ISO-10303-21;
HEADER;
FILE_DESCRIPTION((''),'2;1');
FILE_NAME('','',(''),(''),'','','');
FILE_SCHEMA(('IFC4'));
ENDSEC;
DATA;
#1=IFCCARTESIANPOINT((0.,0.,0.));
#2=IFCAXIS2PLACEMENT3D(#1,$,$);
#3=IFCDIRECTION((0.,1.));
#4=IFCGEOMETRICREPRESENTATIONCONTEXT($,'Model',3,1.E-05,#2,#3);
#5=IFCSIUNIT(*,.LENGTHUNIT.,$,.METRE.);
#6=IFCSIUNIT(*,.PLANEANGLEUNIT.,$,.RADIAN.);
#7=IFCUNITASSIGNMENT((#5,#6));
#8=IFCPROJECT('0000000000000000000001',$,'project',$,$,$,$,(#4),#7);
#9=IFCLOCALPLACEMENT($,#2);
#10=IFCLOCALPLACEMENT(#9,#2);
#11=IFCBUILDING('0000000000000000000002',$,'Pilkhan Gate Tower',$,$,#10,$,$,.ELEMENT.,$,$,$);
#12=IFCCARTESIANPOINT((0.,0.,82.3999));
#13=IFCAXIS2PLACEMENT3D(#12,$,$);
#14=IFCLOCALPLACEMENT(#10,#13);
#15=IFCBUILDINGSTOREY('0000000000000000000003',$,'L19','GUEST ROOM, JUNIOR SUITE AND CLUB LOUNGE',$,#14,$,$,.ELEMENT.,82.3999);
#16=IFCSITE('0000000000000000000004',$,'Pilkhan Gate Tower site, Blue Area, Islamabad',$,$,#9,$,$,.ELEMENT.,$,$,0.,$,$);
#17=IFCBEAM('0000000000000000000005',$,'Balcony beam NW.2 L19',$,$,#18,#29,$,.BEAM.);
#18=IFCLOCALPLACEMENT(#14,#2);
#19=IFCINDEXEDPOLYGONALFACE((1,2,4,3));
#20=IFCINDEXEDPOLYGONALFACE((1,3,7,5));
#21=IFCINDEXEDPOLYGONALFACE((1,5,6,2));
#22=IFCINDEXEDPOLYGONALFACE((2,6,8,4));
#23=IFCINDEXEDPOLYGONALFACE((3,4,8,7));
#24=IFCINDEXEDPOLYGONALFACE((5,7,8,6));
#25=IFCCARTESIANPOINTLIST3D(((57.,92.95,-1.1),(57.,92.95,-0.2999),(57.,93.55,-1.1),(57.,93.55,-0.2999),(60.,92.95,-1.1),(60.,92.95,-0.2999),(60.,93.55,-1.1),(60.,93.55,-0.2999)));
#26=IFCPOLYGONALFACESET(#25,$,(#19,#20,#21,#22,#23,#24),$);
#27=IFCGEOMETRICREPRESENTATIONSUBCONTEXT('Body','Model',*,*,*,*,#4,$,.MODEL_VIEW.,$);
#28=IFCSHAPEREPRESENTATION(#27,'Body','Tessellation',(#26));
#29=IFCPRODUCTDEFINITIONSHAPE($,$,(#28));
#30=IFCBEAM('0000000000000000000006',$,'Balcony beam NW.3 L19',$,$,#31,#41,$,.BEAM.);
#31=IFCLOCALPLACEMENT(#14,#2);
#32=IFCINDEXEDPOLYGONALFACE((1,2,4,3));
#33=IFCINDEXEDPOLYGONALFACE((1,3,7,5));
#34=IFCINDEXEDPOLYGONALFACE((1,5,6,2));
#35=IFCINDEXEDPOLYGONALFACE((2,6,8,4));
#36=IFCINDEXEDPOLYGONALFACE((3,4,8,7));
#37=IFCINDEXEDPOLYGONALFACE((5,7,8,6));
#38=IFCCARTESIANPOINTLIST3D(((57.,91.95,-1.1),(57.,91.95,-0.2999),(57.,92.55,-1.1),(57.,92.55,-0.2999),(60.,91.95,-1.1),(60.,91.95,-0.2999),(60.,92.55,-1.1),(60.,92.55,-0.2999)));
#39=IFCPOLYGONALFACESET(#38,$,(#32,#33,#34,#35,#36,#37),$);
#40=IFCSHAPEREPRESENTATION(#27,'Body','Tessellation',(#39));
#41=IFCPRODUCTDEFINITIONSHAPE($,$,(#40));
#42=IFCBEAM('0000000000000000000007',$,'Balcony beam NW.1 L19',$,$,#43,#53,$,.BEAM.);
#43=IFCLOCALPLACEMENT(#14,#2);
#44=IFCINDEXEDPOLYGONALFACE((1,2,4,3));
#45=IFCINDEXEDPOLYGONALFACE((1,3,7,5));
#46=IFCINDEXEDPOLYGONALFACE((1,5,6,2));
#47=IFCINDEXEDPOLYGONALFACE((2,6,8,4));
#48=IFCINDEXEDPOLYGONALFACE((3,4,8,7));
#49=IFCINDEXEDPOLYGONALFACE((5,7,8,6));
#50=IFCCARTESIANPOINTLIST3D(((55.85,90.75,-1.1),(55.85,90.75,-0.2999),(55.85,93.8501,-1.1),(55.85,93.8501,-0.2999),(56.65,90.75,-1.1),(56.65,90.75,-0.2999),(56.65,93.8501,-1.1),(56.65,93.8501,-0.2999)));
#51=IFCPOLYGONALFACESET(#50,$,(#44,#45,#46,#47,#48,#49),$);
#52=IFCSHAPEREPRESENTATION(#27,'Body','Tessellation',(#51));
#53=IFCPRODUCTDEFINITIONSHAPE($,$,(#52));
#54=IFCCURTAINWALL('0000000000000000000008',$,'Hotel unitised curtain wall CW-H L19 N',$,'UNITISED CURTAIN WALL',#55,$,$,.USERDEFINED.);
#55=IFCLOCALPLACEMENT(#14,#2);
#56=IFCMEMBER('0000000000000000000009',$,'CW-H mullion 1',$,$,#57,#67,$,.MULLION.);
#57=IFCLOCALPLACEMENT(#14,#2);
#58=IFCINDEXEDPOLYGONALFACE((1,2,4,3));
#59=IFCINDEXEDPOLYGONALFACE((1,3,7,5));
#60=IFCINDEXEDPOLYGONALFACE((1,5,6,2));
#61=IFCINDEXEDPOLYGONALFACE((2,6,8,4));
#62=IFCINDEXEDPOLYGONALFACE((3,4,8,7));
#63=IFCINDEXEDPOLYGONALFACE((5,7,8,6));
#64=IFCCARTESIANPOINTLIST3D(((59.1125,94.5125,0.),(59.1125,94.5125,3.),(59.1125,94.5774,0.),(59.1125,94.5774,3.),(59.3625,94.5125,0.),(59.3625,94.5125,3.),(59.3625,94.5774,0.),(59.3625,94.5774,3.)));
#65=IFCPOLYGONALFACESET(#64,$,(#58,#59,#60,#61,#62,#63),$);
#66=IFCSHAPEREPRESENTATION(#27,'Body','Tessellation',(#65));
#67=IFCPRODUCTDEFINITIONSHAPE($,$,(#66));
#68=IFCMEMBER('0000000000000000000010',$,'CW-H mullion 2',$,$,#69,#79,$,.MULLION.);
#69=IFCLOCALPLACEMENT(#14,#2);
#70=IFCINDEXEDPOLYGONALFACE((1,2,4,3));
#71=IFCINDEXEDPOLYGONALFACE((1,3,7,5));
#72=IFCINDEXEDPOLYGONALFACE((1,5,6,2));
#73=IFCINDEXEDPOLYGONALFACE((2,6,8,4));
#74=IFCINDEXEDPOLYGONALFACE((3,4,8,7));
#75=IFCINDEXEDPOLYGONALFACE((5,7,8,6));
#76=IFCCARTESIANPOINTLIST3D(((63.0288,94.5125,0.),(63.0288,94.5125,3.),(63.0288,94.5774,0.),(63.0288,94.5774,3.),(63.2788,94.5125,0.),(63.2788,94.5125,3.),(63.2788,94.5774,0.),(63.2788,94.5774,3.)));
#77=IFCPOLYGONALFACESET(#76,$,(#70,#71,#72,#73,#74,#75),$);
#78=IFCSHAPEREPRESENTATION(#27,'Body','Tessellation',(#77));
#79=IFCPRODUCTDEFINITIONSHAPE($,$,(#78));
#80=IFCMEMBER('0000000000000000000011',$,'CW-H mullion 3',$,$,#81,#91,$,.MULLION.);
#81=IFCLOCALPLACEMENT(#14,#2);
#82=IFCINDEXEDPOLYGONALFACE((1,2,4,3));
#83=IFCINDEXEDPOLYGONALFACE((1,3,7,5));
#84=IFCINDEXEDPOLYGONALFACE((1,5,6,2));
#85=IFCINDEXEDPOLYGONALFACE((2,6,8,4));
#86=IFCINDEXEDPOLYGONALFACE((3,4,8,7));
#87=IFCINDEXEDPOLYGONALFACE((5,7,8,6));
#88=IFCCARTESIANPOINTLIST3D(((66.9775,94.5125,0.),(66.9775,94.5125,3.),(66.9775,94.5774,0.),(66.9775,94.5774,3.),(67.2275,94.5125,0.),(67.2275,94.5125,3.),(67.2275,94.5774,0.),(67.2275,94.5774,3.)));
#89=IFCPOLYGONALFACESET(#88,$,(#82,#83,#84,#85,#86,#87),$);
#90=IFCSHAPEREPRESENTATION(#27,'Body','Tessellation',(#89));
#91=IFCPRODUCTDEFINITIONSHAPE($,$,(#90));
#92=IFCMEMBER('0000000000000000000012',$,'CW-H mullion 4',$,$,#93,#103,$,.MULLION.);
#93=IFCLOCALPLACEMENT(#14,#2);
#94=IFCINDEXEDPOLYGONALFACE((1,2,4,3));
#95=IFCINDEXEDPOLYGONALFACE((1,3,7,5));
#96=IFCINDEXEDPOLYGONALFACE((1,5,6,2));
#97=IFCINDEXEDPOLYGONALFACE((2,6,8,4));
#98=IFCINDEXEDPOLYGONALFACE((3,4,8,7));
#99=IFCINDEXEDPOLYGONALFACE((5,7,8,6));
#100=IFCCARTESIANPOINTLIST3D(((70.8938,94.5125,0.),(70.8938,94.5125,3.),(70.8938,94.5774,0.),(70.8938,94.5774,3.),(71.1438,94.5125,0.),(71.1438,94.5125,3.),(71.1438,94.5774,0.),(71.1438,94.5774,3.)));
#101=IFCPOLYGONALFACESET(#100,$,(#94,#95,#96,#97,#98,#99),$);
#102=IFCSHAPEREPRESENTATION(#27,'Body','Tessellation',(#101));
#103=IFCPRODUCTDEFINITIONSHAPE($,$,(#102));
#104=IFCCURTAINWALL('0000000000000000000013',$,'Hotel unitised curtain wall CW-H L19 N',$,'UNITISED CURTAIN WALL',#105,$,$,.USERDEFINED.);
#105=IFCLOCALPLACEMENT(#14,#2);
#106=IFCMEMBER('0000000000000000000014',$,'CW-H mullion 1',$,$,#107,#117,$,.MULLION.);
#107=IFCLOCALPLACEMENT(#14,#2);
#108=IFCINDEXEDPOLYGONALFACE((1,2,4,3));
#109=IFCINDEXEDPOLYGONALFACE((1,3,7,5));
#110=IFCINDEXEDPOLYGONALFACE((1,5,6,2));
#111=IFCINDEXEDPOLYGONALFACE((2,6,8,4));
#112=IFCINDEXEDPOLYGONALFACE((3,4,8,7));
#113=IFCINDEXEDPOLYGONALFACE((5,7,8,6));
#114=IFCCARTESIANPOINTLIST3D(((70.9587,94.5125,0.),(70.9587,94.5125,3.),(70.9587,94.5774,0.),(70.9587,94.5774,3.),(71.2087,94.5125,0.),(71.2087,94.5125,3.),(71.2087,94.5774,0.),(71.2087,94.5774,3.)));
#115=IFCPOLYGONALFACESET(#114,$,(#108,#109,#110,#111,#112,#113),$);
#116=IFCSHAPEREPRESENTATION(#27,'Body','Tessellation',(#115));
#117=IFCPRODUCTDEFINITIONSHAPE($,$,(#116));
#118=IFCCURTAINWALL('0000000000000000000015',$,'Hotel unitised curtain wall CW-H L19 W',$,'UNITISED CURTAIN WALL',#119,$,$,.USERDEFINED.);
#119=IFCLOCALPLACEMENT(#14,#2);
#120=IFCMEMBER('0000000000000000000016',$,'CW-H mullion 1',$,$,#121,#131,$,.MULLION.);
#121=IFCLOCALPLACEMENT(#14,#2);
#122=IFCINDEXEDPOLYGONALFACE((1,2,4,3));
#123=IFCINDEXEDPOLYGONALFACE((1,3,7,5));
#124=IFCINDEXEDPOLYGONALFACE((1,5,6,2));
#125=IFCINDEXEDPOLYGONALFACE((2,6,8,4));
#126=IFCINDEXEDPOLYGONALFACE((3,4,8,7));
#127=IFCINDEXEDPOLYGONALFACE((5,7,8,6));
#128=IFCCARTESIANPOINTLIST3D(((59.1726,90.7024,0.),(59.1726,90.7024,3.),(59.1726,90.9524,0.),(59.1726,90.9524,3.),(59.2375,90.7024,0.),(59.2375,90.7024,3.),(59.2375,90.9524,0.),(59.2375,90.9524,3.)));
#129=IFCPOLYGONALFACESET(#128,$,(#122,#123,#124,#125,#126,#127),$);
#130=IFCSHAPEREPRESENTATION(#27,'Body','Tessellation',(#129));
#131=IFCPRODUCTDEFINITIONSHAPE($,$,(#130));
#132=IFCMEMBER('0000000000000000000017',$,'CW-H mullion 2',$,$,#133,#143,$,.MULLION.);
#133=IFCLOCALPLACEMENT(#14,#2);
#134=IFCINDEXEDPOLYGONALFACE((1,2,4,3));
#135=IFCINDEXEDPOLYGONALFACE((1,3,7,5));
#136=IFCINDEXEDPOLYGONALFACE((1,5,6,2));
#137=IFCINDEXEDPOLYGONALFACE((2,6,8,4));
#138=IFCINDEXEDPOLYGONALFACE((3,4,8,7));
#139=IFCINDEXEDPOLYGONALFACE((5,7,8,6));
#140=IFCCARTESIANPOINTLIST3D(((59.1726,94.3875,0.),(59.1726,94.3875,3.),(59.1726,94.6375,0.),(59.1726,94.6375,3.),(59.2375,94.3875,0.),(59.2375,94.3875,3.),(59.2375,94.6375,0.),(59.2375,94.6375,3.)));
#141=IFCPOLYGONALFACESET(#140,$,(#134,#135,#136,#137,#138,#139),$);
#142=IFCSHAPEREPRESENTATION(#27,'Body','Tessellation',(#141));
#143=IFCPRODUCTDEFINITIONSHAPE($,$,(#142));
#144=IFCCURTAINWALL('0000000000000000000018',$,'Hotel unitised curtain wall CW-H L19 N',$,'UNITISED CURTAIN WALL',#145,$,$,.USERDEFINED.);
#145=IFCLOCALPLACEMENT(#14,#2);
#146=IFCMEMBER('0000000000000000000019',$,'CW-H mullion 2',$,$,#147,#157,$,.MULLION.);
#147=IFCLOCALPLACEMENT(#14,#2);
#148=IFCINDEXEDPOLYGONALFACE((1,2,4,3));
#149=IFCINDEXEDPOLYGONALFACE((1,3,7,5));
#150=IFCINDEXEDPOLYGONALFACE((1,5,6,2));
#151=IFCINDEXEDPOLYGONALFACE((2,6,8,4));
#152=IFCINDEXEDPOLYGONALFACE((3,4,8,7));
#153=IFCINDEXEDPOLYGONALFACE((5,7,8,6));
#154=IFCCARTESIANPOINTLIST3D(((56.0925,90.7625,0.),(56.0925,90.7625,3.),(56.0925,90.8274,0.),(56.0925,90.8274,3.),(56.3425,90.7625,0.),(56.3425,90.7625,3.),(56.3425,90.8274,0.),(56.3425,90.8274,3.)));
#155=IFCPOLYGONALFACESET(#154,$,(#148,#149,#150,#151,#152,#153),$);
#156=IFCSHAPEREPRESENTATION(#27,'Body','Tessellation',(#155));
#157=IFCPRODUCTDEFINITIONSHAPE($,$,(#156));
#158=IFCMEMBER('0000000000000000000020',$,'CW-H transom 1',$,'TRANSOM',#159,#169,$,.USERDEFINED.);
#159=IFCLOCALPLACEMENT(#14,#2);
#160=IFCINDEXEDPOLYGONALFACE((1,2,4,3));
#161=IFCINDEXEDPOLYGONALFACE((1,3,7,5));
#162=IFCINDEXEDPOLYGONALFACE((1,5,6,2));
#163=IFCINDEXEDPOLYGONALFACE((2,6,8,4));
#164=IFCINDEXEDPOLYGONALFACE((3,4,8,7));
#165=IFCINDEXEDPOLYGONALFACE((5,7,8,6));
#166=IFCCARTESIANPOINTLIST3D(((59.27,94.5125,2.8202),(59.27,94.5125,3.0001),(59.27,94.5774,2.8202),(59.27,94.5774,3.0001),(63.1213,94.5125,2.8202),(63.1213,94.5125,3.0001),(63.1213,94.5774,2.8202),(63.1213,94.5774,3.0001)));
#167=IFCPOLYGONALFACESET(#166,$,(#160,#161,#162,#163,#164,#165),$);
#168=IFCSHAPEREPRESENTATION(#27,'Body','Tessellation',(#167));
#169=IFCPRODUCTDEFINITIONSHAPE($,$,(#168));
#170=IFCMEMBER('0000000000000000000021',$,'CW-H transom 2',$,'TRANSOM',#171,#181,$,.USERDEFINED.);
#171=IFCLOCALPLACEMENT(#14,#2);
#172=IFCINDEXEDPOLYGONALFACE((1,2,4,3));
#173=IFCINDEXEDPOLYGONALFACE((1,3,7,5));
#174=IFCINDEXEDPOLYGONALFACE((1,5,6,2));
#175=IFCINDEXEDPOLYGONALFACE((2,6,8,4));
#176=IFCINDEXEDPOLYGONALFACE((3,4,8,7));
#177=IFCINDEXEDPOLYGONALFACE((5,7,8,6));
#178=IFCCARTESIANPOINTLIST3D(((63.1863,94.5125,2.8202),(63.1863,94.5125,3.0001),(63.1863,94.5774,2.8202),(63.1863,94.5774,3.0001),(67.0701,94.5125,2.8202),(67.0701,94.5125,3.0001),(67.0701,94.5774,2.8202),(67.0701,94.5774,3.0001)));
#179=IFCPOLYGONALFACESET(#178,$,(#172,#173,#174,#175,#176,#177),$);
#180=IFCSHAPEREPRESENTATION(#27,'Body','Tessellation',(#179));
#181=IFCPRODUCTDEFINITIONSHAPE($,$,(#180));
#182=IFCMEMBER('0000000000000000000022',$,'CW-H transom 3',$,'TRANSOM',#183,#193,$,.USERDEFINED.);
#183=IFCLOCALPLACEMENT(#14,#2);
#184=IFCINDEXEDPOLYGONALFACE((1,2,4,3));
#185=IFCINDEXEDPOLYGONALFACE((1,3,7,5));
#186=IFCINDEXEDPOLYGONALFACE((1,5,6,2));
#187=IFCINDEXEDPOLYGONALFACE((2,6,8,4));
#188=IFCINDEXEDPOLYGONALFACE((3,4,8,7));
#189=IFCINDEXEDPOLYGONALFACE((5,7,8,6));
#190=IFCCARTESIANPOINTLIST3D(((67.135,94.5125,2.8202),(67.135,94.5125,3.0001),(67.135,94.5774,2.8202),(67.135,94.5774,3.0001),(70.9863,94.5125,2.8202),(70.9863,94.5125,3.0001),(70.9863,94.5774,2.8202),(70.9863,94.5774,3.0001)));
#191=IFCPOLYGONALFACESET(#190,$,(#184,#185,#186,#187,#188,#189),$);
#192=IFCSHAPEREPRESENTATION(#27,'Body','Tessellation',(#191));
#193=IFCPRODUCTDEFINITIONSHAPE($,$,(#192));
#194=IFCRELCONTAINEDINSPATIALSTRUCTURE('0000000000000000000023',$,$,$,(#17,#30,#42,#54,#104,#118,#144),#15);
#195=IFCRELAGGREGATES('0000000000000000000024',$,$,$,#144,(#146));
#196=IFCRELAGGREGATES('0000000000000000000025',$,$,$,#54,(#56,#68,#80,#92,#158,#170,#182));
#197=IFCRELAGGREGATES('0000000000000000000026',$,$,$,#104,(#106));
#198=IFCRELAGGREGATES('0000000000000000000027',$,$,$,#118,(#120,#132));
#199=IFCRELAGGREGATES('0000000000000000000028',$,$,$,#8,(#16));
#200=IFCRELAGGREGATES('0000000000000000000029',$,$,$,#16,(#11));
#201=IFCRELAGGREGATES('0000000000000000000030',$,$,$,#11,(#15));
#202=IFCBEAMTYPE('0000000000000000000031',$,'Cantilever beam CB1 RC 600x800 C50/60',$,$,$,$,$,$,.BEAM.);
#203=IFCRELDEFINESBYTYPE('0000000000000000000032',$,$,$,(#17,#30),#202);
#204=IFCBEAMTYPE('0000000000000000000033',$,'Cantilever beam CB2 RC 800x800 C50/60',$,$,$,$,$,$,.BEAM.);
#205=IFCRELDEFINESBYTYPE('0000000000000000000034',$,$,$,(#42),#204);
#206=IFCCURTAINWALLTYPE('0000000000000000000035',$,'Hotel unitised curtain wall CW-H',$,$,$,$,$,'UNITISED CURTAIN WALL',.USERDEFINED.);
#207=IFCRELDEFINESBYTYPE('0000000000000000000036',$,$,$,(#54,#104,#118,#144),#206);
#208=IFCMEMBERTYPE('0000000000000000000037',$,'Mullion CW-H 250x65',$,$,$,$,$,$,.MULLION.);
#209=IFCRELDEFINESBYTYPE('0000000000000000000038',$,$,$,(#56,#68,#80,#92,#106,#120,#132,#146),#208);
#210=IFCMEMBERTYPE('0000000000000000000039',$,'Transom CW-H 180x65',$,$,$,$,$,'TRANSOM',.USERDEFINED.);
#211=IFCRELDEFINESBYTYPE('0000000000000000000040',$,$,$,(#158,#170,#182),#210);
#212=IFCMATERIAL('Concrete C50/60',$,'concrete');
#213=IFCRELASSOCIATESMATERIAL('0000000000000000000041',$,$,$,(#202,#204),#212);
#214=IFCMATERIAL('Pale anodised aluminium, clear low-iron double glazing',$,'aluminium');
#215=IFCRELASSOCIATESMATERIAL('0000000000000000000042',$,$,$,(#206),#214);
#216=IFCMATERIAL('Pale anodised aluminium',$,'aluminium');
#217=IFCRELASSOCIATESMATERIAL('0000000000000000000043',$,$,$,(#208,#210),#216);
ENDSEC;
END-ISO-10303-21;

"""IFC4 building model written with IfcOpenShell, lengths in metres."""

from ifc_helpers import new_model, si_unit, direction, frame, origin, origin_2d, place, context, subcontext, project, spatial, rectangle, extrude, material, material_profile, profile_set, type_object, element, aggregate, save


model = new_model("IFC4")

# Units and contexts
model_context = context("Model", 3, precision=1e-05, world=origin(), true_north=direction((0.0, 1.0)))
body_context = subcontext(model_context, "Body", "Model", "MODEL_VIEW")
ifc_project = project(units=[si_unit("LENGTHUNIT", "METRE"), si_unit("PLANEANGLEUNIT", "RADIAN")], contexts=[model_context])

# Site, building, storey
site_placement = place(None, origin())
site = spatial("IfcSite", under=ifc_project, at=site_placement, Name="Pilkhan Gate Tower site, Blue Area, Islamabad", CompositionType="ELEMENT", RefElevation=0.0)
building_placement = place(site_placement, origin())
building = spatial("IfcBuilding", under=site, at=building_placement, Name="Pilkhan Gate Tower", CompositionType="ELEMENT")
storey_placement = place(building_placement, frame((0.0, 0.0, 82.3999)))
storey = spatial("IfcBuildingStorey", under=building, at=storey_placement, Name="L19", Description="GUEST ROOM, JUNIOR SUITE AND CLUB LOUNGE", CompositionType="ELEMENT", Elevation=82.3999)

# Beams
ifc_material_1 = material(Name="Concrete C50/60", Category="concrete")
ifc_material_profile_1 = material_profile(ifc_material_1, rectangle(XDim=0.6001, YDim=0.8, at=origin_2d()), Name="RC 600x800")
ifc_profile_set_1 = profile_set([ifc_material_profile_1], Name="Concrete C50/60")
beam_type_1 = type_object("IfcBeamType", Name="Cantilever beam CB1 RC 600x800 C50/60", PredefinedType="BEAM", material=ifc_profile_set_1)
for number, where, z_axis, x_axis, name in (
    (1, (60.0, 93.25, -0.7), (-1.0, 0.0, 0.0), (0.0, -1.0, 0.0), "Balcony beam NW.2 L19"),
    (2, (60.0, 92.25, -0.7), (-1.0, 0.0, 0.0), (0.0, -1.0, 0.0), "Balcony beam NW.3 L19"),
):
    element("IfcBeam", number, at=place(storey_placement, frame(where, z_axis=z_axis, x_axis=x_axis)), inside=storey, type_object=beam_type_1, Name=name, PredefinedType="BEAM", context=body_context, shape_type="SweptSolid", body=[
        extrude(rectangle(XDim=0.6001, YDim=0.8, at=origin_2d()), origin(), (0.0, 0.0, 1.0), 3.0),
    ])
ifc_material_profile_2 = material_profile(ifc_material_1, rectangle(XDim=0.8, YDim=0.8, at=origin_2d()), Name="RC 800x800")
ifc_profile_set_2 = profile_set([ifc_material_profile_2], Name="Concrete C50/60")
beam_type_2 = type_object("IfcBeamType", Name="Cantilever beam CB2 RC 800x800 C50/60", PredefinedType="BEAM", material=ifc_profile_set_2)
beam_placement = place(storey_placement, frame((56.25, 90.75, -0.7), z_axis=(0.0, 1.0, 0.0), x_axis=(-1.0, 0.0, 0.0)))
element("IfcBeam", 3, at=beam_placement, inside=storey, type_object=beam_type_2, Name="Balcony beam NW.1 L19", PredefinedType="BEAM", context=body_context, shape_type="SweptSolid", body=[
    extrude(rectangle(XDim=0.8, YDim=0.8, at=origin_2d()), origin(), (0.0, 0.0, 1.0), 3.1001),
])

# Curtain wall, members
ifc_material_2 = material(Name="Pale anodised aluminium, clear low-iron double glazing", Category="aluminium")
curtain_wall_type = type_object("IfcCurtainWallType", Name="Hotel unitised curtain wall CW-H", ElementType="UNITISED CURTAIN WALL", PredefinedType="USERDEFINED", material=ifc_material_2)
curtain_wall_1_placement = place(storey_placement, origin())
curtain_wall_1 = element("IfcCurtainWall", 4, at=curtain_wall_1_placement, inside=storey, type_object=curtain_wall_type, Name="Hotel unitised curtain wall CW-H L19 N", ObjectType="UNITISED CURTAIN WALL", PredefinedType="USERDEFINED")
ifc_material_3 = material(Name="Pale anodised aluminium", Category="aluminium")
ifc_material_profile_3 = material_profile(ifc_material_3, rectangle(XDim=0.0649, YDim=0.25, at=origin_2d()), Name="Mullion 250x65")
ifc_profile_set_3 = profile_set([ifc_material_profile_3], Name="Pale anodised aluminium")
member_type_1 = type_object("IfcMemberType", Name="Mullion CW-H 250x65", PredefinedType="MULLION", material=ifc_profile_set_3)
member_1_placement = place(storey_placement, frame((59.2375, 94.5449, 0.0), z_axis=(0.0, 0.0, 1.0), x_axis=(0.0, 1.0, 0.0)))
member_1 = element("IfcMember", 5, at=member_1_placement, type_object=member_type_1, Name="CW-H mullion 1", PredefinedType="MULLION", context=body_context, shape_type="SweptSolid", body=[
    extrude(rectangle(XDim=0.0649, YDim=0.25, at=origin_2d()), origin(), (0.0, 0.0, 1.0), 3.0),
])
member_2_placement = place(storey_placement, frame((63.1538, 94.5449, 0.0), z_axis=(0.0, 0.0, 1.0), x_axis=(0.0, 1.0, 0.0)))
member_2 = element("IfcMember", 6, at=member_2_placement, type_object=member_type_1, Name="CW-H mullion 2", PredefinedType="MULLION", context=body_context, shape_type="SweptSolid", body=[
    extrude(rectangle(XDim=0.0649, YDim=0.25, at=origin_2d()), origin(), (0.0, 0.0, 1.0), 3.0),
])
member_3_placement = place(storey_placement, frame((67.1025, 94.5449, 0.0), z_axis=(0.0, 0.0, 1.0), x_axis=(0.0, 1.0, 0.0)))
member_3 = element("IfcMember", 7, at=member_3_placement, type_object=member_type_1, Name="CW-H mullion 3", PredefinedType="MULLION", context=body_context, shape_type="SweptSolid", body=[
    extrude(rectangle(XDim=0.0649, YDim=0.25, at=origin_2d()), origin(), (0.0, 0.0, 1.0), 3.0),
])
member_4_placement = place(storey_placement, frame((71.0188, 94.5449, 0.0), z_axis=(0.0, 0.0, 1.0), x_axis=(0.0, 1.0, 0.0)))
member_4 = element("IfcMember", 8, at=member_4_placement, type_object=member_type_1, Name="CW-H mullion 4", PredefinedType="MULLION", context=body_context, shape_type="SweptSolid", body=[
    extrude(rectangle(XDim=0.0649, YDim=0.25, at=origin_2d()), origin(), (0.0, 0.0, 1.0), 3.0),
])

# Curtain wall, member
curtain_wall_2_placement = place(storey_placement, origin())
curtain_wall_2 = element("IfcCurtainWall", 9, at=curtain_wall_2_placement, inside=storey, type_object=curtain_wall_type, Name="Hotel unitised curtain wall CW-H L19 N", ObjectType="UNITISED CURTAIN WALL", PredefinedType="USERDEFINED")
member_5_placement = place(storey_placement, frame((71.0837, 94.5449, 0.0), z_axis=(0.0, 0.0, 1.0), x_axis=(0.0, 1.0, 0.0)))
member_5 = element("IfcMember", 10, at=member_5_placement, type_object=member_type_1, Name="CW-H mullion 1", PredefinedType="MULLION", context=body_context, shape_type="SweptSolid", body=[
    extrude(rectangle(XDim=0.0649, YDim=0.25, at=origin_2d()), origin(), (0.0, 0.0, 1.0), 3.0),
])

# Curtain wall, members
curtain_wall_3_placement = place(storey_placement, origin())
curtain_wall_3 = element("IfcCurtainWall", 11, at=curtain_wall_3_placement, inside=storey, type_object=curtain_wall_type, Name="Hotel unitised curtain wall CW-H L19 W", ObjectType="UNITISED CURTAIN WALL", PredefinedType="USERDEFINED")
member_6_placement = place(storey_placement, frame((59.2051, 90.8274, 0.0), z_axis=(0.0, 0.0, 1.0), x_axis=(-1.0, 0.0, 0.0)))
member_6 = element("IfcMember", 12, at=member_6_placement, type_object=member_type_1, Name="CW-H mullion 1", PredefinedType="MULLION", context=body_context, shape_type="SweptSolid", body=[
    extrude(rectangle(XDim=0.0649, YDim=0.25, at=origin_2d()), origin(), (0.0, 0.0, 1.0), 3.0),
])
member_7_placement = place(storey_placement, frame((59.2051, 94.5125, 0.0), z_axis=(0.0, 0.0, 1.0), x_axis=(-1.0, 0.0, 0.0)))
member_7 = element("IfcMember", 13, at=member_7_placement, type_object=member_type_1, Name="CW-H mullion 2", PredefinedType="MULLION", context=body_context, shape_type="SweptSolid", body=[
    extrude(rectangle(XDim=0.0649, YDim=0.25, at=origin_2d()), origin(), (0.0, 0.0, 1.0), 3.0),
])

# Curtain wall, member
curtain_wall_4_placement = place(storey_placement, origin())
curtain_wall_4 = element("IfcCurtainWall", 14, at=curtain_wall_4_placement, inside=storey, type_object=curtain_wall_type, Name="Hotel unitised curtain wall CW-H L19 N", ObjectType="UNITISED CURTAIN WALL", PredefinedType="USERDEFINED")
member_8_placement = place(storey_placement, frame((56.2175, 90.7949, 0.0), z_axis=(0.0, 0.0, 1.0), x_axis=(0.0, 1.0, 0.0)))
member_8 = element("IfcMember", 15, at=member_8_placement, type_object=member_type_1, Name="CW-H mullion 2", PredefinedType="MULLION", context=body_context, shape_type="SweptSolid", body=[
    extrude(rectangle(XDim=0.0649, YDim=0.25, at=origin_2d()), origin(), (0.0, 0.0, 1.0), 3.0),
])
aggregate(curtain_wall_4, [member_8])

# Members
ifc_material_profile_4 = material_profile(ifc_material_3, rectangle(XDim=0.0649, YDim=0.1799, at=origin_2d()), Name="Transom 180x65")
ifc_profile_set_4 = profile_set([ifc_material_profile_4], Name="Pale anodised aluminium")
member_type_2 = type_object("IfcMemberType", Name="Transom CW-H 180x65", ElementType="TRANSOM", PredefinedType="USERDEFINED", material=ifc_profile_set_4)
member_9_placement = place(storey_placement, frame((59.27, 94.5449, 2.9102), z_axis=(1.0, 0.0, 0.0), x_axis=(0.0, 1.0, 0.0)))
member_9 = element("IfcMember", 16, at=member_9_placement, type_object=member_type_2, Name="CW-H transom 1", ObjectType="TRANSOM", PredefinedType="USERDEFINED", context=body_context, shape_type="SweptSolid", body=[
    extrude(rectangle(XDim=0.0649, YDim=0.1799, at=origin_2d()), origin(), (0.0, 0.0, 1.0), 3.8513),
])
member_10_placement = place(storey_placement, frame((63.1863, 94.5449, 2.9102), z_axis=(1.0, 0.0, 0.0), x_axis=(0.0, 1.0, 0.0)))
member_10 = element("IfcMember", 17, at=member_10_placement, type_object=member_type_2, Name="CW-H transom 2", ObjectType="TRANSOM", PredefinedType="USERDEFINED", context=body_context, shape_type="SweptSolid", body=[
    extrude(rectangle(XDim=0.0649, YDim=0.1799, at=origin_2d()), origin(), (0.0, 0.0, 1.0), 3.8838),
])
member_11_placement = place(storey_placement, frame((67.135, 94.5449, 2.9102), z_axis=(1.0, 0.0, 0.0), x_axis=(0.0, 1.0, 0.0)))
member_11 = element("IfcMember", 18, at=member_11_placement, type_object=member_type_2, Name="CW-H transom 3", ObjectType="TRANSOM", PredefinedType="USERDEFINED", context=body_context, shape_type="SweptSolid", body=[
    extrude(rectangle(XDim=0.0649, YDim=0.1799, at=origin_2d()), origin(), (0.0, 0.0, 1.0), 3.8513),
])

aggregate(curtain_wall_1, [member_1, member_2, member_3, member_4, member_9, member_10, member_11])
aggregate(curtain_wall_2, [member_5])
aggregate(curtain_wall_3, [member_6, member_7])

save(model, "model.ifc")
